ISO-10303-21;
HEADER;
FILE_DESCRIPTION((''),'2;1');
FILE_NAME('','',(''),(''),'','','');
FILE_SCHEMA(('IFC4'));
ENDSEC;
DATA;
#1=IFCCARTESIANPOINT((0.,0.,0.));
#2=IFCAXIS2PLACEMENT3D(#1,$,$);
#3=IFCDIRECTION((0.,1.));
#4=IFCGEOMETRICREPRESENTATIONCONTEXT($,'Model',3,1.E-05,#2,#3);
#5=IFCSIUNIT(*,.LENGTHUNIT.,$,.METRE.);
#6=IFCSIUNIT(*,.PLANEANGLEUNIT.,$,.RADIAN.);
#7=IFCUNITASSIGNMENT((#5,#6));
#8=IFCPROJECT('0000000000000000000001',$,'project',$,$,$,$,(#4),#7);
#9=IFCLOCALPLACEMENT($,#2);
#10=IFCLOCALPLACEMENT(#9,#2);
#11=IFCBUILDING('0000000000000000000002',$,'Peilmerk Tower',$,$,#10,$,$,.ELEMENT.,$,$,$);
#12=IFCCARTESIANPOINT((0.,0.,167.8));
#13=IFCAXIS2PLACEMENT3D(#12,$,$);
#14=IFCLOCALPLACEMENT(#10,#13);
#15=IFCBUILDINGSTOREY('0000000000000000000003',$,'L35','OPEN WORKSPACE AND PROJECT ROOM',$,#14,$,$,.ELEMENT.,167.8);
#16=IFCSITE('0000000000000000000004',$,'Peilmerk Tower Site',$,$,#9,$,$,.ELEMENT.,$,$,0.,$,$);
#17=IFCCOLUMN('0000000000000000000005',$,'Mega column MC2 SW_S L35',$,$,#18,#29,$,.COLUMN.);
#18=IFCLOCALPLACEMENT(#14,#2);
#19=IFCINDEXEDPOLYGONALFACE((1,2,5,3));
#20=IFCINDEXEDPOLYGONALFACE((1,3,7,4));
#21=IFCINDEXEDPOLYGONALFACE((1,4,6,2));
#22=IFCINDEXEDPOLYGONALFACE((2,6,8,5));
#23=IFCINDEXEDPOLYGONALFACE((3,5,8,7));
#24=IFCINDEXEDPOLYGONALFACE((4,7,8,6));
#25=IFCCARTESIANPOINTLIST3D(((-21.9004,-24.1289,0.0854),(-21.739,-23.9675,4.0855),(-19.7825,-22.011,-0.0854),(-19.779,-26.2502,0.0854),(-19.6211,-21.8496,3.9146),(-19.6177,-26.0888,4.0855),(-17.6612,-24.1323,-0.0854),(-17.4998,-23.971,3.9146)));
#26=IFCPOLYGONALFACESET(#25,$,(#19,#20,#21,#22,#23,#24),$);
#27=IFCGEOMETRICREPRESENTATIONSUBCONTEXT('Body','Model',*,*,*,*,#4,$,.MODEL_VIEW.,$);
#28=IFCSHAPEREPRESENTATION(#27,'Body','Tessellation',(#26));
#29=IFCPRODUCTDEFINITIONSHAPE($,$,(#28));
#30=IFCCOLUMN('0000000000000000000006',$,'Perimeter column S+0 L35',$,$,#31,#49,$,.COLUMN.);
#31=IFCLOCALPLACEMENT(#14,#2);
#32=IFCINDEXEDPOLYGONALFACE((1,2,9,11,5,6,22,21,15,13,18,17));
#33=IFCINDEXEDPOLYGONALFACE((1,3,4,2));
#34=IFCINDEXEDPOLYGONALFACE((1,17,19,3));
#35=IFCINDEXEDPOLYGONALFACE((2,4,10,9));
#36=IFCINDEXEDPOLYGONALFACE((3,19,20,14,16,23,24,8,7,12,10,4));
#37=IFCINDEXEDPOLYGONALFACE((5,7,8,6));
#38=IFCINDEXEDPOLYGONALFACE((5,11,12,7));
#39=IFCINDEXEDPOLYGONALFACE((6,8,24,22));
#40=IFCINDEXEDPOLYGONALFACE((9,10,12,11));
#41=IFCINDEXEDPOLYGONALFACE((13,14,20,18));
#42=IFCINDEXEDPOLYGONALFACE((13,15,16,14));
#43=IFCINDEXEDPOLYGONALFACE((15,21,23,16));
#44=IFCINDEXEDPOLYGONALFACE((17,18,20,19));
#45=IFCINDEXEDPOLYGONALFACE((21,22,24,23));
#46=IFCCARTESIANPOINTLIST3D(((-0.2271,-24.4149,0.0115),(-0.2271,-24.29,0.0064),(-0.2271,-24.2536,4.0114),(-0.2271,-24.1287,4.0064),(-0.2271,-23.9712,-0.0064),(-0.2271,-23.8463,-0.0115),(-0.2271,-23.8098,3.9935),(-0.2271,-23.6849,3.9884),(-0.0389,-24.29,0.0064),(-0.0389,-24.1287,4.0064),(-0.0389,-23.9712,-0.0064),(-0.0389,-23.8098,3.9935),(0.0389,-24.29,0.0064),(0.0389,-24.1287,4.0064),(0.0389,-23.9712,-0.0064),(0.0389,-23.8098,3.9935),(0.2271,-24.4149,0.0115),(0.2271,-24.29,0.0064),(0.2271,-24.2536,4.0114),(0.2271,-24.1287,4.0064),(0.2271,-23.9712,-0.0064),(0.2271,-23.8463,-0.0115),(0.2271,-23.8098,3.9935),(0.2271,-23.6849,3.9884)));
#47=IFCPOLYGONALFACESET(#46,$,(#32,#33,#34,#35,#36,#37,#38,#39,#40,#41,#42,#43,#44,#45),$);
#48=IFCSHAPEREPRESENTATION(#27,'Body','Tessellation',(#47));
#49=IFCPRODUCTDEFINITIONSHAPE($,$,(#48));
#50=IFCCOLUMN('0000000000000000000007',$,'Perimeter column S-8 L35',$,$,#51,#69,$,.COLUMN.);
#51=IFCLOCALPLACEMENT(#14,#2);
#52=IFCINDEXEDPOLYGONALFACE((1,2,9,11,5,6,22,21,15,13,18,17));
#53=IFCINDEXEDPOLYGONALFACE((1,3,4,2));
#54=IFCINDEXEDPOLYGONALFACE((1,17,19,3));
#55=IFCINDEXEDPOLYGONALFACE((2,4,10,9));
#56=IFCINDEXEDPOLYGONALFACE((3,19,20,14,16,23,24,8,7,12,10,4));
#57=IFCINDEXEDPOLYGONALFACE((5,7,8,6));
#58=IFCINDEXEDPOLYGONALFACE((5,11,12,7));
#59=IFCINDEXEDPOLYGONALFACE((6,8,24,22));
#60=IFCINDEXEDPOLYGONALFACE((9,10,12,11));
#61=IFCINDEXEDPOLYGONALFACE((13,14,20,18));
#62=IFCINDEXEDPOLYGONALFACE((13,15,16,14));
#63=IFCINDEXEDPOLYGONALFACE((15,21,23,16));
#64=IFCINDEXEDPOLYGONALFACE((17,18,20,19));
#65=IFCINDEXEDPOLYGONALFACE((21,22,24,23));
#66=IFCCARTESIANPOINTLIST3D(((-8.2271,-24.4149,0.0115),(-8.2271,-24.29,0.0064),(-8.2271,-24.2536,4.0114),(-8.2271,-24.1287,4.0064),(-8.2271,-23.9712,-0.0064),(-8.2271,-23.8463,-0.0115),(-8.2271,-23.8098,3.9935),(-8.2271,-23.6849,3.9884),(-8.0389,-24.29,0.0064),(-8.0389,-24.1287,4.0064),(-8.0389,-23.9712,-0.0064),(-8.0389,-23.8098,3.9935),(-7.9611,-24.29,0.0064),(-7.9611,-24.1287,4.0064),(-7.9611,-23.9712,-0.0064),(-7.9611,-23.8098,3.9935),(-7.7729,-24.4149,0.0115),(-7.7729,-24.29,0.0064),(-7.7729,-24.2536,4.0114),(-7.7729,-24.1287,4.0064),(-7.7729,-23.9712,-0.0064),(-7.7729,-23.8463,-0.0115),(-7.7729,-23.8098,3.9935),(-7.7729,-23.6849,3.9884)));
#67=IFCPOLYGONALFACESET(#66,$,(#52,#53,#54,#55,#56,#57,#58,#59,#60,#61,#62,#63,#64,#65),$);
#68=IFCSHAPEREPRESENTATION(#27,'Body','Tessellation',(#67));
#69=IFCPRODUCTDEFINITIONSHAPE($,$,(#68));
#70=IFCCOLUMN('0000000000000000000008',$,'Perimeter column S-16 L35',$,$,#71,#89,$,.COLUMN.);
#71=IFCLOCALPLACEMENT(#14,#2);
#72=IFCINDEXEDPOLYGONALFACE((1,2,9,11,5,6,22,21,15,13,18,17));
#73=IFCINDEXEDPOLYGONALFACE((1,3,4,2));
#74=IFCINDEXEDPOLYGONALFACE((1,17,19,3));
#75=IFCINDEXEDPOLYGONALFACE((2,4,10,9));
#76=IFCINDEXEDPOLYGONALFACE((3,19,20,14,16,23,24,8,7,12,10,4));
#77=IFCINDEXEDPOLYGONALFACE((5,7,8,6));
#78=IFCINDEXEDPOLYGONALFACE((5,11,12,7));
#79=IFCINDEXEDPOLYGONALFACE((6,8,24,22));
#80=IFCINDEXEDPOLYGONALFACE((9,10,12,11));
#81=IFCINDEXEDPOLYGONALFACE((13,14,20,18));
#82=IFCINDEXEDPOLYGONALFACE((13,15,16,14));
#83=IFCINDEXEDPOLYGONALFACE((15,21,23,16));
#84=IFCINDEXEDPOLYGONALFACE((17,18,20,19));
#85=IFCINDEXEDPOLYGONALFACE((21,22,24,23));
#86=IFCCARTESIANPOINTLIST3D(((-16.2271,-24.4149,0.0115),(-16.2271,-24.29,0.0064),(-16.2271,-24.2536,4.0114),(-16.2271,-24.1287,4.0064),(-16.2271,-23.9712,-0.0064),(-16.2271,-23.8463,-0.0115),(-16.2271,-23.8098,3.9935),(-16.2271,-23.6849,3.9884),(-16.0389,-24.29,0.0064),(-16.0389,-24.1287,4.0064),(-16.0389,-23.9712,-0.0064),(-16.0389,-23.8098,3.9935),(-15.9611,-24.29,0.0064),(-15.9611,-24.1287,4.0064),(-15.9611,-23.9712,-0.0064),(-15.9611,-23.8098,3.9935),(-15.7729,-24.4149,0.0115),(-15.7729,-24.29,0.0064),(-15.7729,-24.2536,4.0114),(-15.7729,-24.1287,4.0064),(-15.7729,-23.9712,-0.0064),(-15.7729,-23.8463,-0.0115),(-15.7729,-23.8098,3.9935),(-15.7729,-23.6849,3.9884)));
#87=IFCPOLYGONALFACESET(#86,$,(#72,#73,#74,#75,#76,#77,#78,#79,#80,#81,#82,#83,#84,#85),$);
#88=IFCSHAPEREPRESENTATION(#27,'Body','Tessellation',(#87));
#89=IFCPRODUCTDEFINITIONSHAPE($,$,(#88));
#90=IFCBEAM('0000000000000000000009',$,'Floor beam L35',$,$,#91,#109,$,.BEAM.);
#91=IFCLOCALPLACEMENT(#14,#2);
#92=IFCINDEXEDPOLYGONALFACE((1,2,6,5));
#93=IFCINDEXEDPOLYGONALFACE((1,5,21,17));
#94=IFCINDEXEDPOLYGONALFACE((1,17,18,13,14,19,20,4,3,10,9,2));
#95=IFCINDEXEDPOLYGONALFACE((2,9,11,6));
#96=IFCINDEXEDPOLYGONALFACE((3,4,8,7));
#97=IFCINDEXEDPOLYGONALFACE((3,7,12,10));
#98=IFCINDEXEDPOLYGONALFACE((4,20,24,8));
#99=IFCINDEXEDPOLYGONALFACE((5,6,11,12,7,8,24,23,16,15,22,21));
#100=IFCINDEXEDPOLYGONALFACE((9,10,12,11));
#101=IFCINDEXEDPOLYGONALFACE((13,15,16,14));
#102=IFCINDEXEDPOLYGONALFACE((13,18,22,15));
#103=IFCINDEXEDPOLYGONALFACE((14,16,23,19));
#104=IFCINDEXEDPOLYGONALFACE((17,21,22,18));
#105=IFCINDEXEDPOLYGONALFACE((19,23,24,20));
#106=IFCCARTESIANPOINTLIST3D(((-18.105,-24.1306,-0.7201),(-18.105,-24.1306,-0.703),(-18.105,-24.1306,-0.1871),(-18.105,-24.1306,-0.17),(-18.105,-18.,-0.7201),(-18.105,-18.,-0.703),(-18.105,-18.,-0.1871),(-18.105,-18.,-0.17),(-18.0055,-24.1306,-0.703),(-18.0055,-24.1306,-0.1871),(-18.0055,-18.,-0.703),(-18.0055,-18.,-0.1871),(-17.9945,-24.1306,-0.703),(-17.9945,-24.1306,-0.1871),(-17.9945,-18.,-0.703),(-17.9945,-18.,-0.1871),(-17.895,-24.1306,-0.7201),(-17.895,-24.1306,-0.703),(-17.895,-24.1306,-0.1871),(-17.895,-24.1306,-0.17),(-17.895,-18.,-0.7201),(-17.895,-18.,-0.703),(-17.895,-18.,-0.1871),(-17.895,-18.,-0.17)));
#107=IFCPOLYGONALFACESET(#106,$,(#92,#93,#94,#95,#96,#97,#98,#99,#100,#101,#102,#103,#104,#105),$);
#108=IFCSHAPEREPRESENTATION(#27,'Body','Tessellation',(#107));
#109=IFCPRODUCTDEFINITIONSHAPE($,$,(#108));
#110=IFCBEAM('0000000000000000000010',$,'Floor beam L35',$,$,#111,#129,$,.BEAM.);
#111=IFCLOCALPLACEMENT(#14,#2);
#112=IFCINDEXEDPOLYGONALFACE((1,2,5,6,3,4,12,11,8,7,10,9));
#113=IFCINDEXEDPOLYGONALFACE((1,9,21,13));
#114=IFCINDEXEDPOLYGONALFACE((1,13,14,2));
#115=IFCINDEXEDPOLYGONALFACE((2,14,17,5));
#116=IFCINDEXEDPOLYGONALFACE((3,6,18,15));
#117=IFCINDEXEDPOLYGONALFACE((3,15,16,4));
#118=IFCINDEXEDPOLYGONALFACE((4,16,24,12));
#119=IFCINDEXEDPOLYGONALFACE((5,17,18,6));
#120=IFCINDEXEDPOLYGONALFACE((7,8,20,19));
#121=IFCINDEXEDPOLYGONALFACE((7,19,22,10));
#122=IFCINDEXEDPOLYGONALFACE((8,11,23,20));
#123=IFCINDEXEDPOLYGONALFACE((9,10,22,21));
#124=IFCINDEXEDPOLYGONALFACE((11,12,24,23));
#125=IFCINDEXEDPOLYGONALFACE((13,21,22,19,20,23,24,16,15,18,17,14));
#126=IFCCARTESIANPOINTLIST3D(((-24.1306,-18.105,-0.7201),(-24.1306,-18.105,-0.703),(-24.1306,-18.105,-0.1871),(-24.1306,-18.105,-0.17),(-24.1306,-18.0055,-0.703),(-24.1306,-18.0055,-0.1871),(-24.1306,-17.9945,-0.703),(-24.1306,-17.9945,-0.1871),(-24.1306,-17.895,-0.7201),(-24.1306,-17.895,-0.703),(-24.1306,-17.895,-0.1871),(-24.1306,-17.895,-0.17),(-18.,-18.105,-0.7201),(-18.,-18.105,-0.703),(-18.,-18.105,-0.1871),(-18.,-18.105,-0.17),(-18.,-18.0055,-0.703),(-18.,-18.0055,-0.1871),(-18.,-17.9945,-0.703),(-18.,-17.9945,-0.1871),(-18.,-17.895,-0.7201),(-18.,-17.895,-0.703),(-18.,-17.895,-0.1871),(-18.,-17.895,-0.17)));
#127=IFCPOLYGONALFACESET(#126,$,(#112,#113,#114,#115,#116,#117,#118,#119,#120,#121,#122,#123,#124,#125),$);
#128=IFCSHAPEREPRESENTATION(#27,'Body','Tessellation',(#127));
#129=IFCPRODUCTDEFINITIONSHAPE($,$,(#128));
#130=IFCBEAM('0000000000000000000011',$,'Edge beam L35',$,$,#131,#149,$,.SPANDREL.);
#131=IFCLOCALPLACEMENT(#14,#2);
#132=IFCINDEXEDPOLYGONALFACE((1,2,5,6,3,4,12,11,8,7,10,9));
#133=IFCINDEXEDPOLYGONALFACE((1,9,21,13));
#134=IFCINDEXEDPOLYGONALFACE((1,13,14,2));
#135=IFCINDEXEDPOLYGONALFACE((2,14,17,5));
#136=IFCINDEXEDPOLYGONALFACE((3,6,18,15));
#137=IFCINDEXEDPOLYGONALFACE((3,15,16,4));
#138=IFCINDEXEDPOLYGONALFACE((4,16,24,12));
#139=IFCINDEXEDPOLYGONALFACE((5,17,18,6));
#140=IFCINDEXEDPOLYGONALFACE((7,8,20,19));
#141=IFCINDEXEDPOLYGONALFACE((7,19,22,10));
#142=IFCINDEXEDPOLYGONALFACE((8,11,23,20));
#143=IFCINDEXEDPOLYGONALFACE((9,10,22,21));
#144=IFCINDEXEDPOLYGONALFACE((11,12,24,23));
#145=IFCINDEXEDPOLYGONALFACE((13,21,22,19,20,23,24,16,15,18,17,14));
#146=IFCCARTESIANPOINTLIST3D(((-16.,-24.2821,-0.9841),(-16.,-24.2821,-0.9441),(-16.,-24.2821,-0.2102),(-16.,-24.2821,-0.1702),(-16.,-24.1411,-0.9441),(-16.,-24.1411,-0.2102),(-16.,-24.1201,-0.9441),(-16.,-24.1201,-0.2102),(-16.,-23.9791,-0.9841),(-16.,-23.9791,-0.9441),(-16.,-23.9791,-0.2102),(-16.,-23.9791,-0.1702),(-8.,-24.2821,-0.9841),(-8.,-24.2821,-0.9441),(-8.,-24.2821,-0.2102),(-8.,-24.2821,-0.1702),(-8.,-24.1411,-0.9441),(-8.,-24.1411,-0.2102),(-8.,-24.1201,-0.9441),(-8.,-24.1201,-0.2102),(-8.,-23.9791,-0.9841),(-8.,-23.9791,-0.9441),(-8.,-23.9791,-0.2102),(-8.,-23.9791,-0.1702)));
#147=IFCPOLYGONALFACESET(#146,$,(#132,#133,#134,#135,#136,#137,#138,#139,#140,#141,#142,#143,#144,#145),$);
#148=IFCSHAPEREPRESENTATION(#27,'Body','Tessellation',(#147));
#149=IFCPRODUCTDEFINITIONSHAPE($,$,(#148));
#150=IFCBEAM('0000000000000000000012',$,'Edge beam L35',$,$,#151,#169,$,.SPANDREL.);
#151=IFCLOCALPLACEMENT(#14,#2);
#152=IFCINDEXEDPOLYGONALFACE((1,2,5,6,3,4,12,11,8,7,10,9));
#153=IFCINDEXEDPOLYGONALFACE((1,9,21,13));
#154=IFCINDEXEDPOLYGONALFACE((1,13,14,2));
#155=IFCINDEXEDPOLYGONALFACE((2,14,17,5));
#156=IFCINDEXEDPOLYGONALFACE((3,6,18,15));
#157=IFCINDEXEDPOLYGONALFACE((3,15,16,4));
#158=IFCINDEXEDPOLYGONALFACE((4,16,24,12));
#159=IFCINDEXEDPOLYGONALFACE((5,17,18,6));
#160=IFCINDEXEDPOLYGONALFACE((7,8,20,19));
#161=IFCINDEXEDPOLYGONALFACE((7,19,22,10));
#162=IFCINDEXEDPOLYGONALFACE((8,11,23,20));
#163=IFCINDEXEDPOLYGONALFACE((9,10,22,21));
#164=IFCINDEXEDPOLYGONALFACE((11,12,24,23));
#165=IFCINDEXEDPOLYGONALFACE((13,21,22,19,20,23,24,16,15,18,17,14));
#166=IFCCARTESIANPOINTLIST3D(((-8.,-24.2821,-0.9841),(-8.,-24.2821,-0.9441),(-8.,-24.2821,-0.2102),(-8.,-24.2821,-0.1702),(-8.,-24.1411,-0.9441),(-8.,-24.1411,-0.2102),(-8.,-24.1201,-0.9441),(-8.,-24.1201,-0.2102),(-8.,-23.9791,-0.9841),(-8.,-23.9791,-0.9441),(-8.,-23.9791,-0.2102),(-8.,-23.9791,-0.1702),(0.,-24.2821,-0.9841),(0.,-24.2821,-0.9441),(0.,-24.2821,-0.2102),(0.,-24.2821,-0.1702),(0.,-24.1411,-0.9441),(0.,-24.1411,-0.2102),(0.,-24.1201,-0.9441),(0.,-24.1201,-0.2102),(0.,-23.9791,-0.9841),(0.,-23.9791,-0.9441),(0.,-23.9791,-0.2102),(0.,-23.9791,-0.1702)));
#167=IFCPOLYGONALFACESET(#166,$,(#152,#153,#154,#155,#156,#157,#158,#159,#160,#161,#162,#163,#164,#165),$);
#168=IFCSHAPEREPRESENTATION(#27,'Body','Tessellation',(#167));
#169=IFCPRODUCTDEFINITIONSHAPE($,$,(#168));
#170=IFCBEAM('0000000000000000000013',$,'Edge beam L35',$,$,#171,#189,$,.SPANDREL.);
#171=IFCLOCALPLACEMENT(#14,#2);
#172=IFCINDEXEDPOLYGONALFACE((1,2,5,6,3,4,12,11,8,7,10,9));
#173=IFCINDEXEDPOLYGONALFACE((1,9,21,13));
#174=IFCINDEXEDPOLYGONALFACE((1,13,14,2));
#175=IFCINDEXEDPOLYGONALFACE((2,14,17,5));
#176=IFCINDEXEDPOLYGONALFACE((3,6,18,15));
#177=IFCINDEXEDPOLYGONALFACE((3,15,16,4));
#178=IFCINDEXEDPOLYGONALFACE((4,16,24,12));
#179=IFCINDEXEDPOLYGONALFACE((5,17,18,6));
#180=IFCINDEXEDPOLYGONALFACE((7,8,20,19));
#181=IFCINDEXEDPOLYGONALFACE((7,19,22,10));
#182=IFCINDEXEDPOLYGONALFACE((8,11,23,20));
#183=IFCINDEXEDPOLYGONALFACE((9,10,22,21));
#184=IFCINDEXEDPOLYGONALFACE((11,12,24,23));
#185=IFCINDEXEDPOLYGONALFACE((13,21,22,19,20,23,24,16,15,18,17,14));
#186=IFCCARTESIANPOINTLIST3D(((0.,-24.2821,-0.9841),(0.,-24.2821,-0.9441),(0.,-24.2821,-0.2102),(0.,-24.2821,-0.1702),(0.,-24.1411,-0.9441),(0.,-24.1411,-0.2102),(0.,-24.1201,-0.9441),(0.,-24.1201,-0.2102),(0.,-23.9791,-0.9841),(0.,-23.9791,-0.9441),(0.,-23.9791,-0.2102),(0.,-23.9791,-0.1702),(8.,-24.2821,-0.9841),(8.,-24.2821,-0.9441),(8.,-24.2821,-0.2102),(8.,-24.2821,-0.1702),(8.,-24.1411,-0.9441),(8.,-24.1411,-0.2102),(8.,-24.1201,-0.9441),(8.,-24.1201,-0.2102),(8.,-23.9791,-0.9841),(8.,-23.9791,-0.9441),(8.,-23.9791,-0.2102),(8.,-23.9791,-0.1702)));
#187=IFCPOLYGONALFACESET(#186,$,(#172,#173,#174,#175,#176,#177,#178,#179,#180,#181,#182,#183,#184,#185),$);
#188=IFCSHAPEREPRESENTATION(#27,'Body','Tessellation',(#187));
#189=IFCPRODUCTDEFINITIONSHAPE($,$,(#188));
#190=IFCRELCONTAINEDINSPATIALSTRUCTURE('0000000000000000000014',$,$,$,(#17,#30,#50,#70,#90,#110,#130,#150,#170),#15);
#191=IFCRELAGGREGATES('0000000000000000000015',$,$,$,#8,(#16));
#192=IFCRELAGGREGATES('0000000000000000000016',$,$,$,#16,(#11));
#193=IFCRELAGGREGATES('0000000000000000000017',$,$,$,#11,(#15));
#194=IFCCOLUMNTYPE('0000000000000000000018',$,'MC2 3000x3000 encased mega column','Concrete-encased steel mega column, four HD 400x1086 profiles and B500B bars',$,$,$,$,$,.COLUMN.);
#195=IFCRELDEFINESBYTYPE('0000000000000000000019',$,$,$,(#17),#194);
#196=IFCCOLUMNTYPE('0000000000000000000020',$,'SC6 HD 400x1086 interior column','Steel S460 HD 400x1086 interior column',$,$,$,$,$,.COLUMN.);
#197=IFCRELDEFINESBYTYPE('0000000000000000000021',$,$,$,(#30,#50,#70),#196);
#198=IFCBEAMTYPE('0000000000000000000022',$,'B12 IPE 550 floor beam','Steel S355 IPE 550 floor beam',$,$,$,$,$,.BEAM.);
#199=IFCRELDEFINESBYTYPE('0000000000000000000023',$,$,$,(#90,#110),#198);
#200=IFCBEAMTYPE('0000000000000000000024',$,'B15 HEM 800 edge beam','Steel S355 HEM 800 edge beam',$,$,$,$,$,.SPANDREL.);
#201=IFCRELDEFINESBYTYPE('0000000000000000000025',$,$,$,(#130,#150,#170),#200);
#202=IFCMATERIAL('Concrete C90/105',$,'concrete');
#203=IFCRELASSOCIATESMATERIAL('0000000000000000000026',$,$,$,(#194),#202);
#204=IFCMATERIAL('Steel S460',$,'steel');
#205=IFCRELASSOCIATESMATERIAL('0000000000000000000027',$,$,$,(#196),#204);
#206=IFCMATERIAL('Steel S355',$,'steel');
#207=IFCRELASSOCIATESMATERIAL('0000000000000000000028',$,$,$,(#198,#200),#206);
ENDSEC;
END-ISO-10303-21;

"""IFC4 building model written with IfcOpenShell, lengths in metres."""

from ifc_helpers import new_model, si_unit, direction, frame, origin, origin_2d, place, context, subcontext, project, spatial, rectangle, i_section, extrude, material, material_profile, profile_set, type_object, element, save


model = new_model("IFC4")

# Units and contexts
model_context = context("Model", 3, precision=1e-05, world=origin(), true_north=direction((0.0, 1.0)))
body_context = subcontext(model_context, "Body", "Model", "MODEL_VIEW")
ifc_project = project(units=[si_unit("LENGTHUNIT", "METRE"), si_unit("PLANEANGLEUNIT", "RADIAN")], contexts=[model_context])

# Site, building, storey
site_placement = place(None, origin())
site = spatial("IfcSite", under=ifc_project, at=site_placement, Name="Peilmerk Tower Site", CompositionType="ELEMENT", RefElevation=0.0)
building_placement = place(site_placement, origin())
building = spatial("IfcBuilding", under=site, at=building_placement, Name="Peilmerk Tower", CompositionType="ELEMENT")
storey_placement = place(building_placement, frame((0.0, 0.0, 167.8)))
storey = spatial("IfcBuildingStorey", under=building, at=storey_placement, Name="L35", Description="OPEN WORKSPACE AND PROJECT ROOM", CompositionType="ELEMENT", Elevation=167.8)

# Columns
ifc_material_1 = material(Name="Concrete C90/105", Category="concrete")
ifc_material_profile_1 = material_profile(ifc_material_1, rectangle(XDim=3.0, YDim=3.0, at=origin_2d()), Name="RC 3000x3000")
ifc_profile_set_1 = profile_set([ifc_material_profile_1], Name="Concrete C90/105")
column_type_1 = type_object("IfcColumnType", Name="MC2 3000x3000 encased mega column", Description="Concrete-encased steel mega column, four HD 400x1086 profiles and B500B bars", PredefinedType="COLUMN", material=ifc_profile_set_1)
column_placement = place(storey_placement, frame((-19.7808, -24.1306, 0.0), z_axis=(0.040279, 0.040279, 0.998376), x_axis=(-0.707107, 0.707107, 0.0)))
element("IfcColumn", 1, at=column_placement, inside=storey, type_object=column_type_1, Name="Mega column MC2 SW_S L35", PredefinedType="COLUMN", context=body_context, shape_type="SweptSolid", body=[
    extrude(rectangle(XDim=3.0, YDim=3.0, at=origin_2d()), origin(), (0.0, 0.0, 1.0), 4.0066),
])
ifc_material_2 = material(Name="Steel S460", Category="steel")
ifc_material_profile_2 = material_profile(ifc_material_2, i_section(OverallWidth=0.4541, OverallDepth=0.5691, WebThickness=0.0779, FlangeThickness=0.125, at=origin_2d()), Name="HD 400x1086")
ifc_profile_set_2 = profile_set([ifc_material_profile_2], Name="Steel S460")
column_type_2 = type_object("IfcColumnType", Name="SC6 HD 400x1086 interior column", Description="Steel S460 HD 400x1086 interior column", PredefinedType="COLUMN", material=ifc_profile_set_2)
for number, where, z_axis, x_axis, name in (
    (2, (0.0, -24.1306, 0.0), (0.0, 0.040311, 0.999187), (-1.0, 0.0, 0.0), "Perimeter column S+0 L35"),
    (3, (-8.0, -24.1306, 0.0), (0.0, 0.040311, 0.999187), (-1.0, 0.0, 0.0), "Perimeter column S-8 L35"),
    (4, (-16.0, -24.1306, 0.0), (0.0, 0.040311, 0.999187), (-1.0, 0.0, 0.0), "Perimeter column S-16 L35"),
):
    element("IfcColumn", number, at=place(storey_placement, frame(where, z_axis=z_axis, x_axis=x_axis)), inside=storey, type_object=column_type_2, Name=name, PredefinedType="COLUMN", context=body_context, shape_type="SweptSolid", body=[
        extrude(i_section(OverallWidth=0.4541, OverallDepth=0.5691, WebThickness=0.0779, FlangeThickness=0.125, at=origin_2d()), origin(), (0.0, 0.0, 1.0), 4.0032),
    ])

# Beams
ifc_material_3 = material(Name="Steel S355", Category="steel")
ifc_material_profile_3 = material_profile(ifc_material_3, i_section(OverallWidth=0.21, OverallDepth=0.55, WebThickness=0.011, FlangeThickness=0.0171, at=origin_2d()), Name="IPE 550")
ifc_profile_set_3 = profile_set([ifc_material_profile_3], Name="Steel S355")
beam_type_1 = type_object("IfcBeamType", Name="B12 IPE 550 floor beam", Description="Steel S355 IPE 550 floor beam", PredefinedType="BEAM", material=ifc_profile_set_3)
for number, where, z_axis, x_axis, name in (
    (5, (-18.0, -18.0, -0.4451), (0.0, -1.0, 0.0), (1.0, 0.0, 0.0), "Floor beam L35"),
    (6, (-18.0, -18.0, -0.4451), (-1.0, 0.0, 0.0), (0.0, -1.0, 0.0), "Floor beam L35"),
):
    element("IfcBeam", number, at=place(storey_placement, frame(where, z_axis=z_axis, x_axis=x_axis)), inside=storey, type_object=beam_type_1, Name=name, PredefinedType="BEAM", context=body_context, shape_type="SweptSolid", body=[
        extrude(i_section(OverallWidth=0.21, OverallDepth=0.55, WebThickness=0.011, FlangeThickness=0.0171, at=origin_2d()), origin(), (0.0, 0.0, 1.0), 6.1306),
    ])
ifc_material_profile_4 = material_profile(ifc_material_3, i_section(OverallWidth=0.303, OverallDepth=0.814, WebThickness=0.021, FlangeThickness=0.04, at=origin_2d()), Name="HEM 800")
ifc_profile_set_4 = profile_set([ifc_material_profile_4], Name="Steel S355")
beam_type_2 = type_object("IfcBeamType", Name="B15 HEM 800 edge beam", Description="Steel S355 HEM 800 edge beam", PredefinedType="SPANDREL", material=ifc_profile_set_4)
for number, where, z_axis, x_axis, name in (
    (7, (-16.0, -24.1306, -0.5771), (1.0, 0.0, 0.0), (0.0, 1.0, 0.0), "Edge beam L35"),
    (8, (-8.0, -24.1306, -0.5771), (1.0, 0.0, 0.0), (0.0, 1.0, 0.0), "Edge beam L35"),
    (9, (0.0, -24.1306, -0.5771), (1.0, 0.0, 0.0), (0.0, 1.0, 0.0), "Edge beam L35"),
):
    element("IfcBeam", number, at=place(storey_placement, frame(where, z_axis=z_axis, x_axis=x_axis)), inside=storey, type_object=beam_type_2, Name=name, PredefinedType="SPANDREL", context=body_context, shape_type="SweptSolid", body=[
        extrude(i_section(OverallWidth=0.303, OverallDepth=0.814, WebThickness=0.021, FlangeThickness=0.04, at=origin_2d()), origin(), (0.0, 0.0, 1.0), 8.0),
    ])

save(model, "model.ifc")
